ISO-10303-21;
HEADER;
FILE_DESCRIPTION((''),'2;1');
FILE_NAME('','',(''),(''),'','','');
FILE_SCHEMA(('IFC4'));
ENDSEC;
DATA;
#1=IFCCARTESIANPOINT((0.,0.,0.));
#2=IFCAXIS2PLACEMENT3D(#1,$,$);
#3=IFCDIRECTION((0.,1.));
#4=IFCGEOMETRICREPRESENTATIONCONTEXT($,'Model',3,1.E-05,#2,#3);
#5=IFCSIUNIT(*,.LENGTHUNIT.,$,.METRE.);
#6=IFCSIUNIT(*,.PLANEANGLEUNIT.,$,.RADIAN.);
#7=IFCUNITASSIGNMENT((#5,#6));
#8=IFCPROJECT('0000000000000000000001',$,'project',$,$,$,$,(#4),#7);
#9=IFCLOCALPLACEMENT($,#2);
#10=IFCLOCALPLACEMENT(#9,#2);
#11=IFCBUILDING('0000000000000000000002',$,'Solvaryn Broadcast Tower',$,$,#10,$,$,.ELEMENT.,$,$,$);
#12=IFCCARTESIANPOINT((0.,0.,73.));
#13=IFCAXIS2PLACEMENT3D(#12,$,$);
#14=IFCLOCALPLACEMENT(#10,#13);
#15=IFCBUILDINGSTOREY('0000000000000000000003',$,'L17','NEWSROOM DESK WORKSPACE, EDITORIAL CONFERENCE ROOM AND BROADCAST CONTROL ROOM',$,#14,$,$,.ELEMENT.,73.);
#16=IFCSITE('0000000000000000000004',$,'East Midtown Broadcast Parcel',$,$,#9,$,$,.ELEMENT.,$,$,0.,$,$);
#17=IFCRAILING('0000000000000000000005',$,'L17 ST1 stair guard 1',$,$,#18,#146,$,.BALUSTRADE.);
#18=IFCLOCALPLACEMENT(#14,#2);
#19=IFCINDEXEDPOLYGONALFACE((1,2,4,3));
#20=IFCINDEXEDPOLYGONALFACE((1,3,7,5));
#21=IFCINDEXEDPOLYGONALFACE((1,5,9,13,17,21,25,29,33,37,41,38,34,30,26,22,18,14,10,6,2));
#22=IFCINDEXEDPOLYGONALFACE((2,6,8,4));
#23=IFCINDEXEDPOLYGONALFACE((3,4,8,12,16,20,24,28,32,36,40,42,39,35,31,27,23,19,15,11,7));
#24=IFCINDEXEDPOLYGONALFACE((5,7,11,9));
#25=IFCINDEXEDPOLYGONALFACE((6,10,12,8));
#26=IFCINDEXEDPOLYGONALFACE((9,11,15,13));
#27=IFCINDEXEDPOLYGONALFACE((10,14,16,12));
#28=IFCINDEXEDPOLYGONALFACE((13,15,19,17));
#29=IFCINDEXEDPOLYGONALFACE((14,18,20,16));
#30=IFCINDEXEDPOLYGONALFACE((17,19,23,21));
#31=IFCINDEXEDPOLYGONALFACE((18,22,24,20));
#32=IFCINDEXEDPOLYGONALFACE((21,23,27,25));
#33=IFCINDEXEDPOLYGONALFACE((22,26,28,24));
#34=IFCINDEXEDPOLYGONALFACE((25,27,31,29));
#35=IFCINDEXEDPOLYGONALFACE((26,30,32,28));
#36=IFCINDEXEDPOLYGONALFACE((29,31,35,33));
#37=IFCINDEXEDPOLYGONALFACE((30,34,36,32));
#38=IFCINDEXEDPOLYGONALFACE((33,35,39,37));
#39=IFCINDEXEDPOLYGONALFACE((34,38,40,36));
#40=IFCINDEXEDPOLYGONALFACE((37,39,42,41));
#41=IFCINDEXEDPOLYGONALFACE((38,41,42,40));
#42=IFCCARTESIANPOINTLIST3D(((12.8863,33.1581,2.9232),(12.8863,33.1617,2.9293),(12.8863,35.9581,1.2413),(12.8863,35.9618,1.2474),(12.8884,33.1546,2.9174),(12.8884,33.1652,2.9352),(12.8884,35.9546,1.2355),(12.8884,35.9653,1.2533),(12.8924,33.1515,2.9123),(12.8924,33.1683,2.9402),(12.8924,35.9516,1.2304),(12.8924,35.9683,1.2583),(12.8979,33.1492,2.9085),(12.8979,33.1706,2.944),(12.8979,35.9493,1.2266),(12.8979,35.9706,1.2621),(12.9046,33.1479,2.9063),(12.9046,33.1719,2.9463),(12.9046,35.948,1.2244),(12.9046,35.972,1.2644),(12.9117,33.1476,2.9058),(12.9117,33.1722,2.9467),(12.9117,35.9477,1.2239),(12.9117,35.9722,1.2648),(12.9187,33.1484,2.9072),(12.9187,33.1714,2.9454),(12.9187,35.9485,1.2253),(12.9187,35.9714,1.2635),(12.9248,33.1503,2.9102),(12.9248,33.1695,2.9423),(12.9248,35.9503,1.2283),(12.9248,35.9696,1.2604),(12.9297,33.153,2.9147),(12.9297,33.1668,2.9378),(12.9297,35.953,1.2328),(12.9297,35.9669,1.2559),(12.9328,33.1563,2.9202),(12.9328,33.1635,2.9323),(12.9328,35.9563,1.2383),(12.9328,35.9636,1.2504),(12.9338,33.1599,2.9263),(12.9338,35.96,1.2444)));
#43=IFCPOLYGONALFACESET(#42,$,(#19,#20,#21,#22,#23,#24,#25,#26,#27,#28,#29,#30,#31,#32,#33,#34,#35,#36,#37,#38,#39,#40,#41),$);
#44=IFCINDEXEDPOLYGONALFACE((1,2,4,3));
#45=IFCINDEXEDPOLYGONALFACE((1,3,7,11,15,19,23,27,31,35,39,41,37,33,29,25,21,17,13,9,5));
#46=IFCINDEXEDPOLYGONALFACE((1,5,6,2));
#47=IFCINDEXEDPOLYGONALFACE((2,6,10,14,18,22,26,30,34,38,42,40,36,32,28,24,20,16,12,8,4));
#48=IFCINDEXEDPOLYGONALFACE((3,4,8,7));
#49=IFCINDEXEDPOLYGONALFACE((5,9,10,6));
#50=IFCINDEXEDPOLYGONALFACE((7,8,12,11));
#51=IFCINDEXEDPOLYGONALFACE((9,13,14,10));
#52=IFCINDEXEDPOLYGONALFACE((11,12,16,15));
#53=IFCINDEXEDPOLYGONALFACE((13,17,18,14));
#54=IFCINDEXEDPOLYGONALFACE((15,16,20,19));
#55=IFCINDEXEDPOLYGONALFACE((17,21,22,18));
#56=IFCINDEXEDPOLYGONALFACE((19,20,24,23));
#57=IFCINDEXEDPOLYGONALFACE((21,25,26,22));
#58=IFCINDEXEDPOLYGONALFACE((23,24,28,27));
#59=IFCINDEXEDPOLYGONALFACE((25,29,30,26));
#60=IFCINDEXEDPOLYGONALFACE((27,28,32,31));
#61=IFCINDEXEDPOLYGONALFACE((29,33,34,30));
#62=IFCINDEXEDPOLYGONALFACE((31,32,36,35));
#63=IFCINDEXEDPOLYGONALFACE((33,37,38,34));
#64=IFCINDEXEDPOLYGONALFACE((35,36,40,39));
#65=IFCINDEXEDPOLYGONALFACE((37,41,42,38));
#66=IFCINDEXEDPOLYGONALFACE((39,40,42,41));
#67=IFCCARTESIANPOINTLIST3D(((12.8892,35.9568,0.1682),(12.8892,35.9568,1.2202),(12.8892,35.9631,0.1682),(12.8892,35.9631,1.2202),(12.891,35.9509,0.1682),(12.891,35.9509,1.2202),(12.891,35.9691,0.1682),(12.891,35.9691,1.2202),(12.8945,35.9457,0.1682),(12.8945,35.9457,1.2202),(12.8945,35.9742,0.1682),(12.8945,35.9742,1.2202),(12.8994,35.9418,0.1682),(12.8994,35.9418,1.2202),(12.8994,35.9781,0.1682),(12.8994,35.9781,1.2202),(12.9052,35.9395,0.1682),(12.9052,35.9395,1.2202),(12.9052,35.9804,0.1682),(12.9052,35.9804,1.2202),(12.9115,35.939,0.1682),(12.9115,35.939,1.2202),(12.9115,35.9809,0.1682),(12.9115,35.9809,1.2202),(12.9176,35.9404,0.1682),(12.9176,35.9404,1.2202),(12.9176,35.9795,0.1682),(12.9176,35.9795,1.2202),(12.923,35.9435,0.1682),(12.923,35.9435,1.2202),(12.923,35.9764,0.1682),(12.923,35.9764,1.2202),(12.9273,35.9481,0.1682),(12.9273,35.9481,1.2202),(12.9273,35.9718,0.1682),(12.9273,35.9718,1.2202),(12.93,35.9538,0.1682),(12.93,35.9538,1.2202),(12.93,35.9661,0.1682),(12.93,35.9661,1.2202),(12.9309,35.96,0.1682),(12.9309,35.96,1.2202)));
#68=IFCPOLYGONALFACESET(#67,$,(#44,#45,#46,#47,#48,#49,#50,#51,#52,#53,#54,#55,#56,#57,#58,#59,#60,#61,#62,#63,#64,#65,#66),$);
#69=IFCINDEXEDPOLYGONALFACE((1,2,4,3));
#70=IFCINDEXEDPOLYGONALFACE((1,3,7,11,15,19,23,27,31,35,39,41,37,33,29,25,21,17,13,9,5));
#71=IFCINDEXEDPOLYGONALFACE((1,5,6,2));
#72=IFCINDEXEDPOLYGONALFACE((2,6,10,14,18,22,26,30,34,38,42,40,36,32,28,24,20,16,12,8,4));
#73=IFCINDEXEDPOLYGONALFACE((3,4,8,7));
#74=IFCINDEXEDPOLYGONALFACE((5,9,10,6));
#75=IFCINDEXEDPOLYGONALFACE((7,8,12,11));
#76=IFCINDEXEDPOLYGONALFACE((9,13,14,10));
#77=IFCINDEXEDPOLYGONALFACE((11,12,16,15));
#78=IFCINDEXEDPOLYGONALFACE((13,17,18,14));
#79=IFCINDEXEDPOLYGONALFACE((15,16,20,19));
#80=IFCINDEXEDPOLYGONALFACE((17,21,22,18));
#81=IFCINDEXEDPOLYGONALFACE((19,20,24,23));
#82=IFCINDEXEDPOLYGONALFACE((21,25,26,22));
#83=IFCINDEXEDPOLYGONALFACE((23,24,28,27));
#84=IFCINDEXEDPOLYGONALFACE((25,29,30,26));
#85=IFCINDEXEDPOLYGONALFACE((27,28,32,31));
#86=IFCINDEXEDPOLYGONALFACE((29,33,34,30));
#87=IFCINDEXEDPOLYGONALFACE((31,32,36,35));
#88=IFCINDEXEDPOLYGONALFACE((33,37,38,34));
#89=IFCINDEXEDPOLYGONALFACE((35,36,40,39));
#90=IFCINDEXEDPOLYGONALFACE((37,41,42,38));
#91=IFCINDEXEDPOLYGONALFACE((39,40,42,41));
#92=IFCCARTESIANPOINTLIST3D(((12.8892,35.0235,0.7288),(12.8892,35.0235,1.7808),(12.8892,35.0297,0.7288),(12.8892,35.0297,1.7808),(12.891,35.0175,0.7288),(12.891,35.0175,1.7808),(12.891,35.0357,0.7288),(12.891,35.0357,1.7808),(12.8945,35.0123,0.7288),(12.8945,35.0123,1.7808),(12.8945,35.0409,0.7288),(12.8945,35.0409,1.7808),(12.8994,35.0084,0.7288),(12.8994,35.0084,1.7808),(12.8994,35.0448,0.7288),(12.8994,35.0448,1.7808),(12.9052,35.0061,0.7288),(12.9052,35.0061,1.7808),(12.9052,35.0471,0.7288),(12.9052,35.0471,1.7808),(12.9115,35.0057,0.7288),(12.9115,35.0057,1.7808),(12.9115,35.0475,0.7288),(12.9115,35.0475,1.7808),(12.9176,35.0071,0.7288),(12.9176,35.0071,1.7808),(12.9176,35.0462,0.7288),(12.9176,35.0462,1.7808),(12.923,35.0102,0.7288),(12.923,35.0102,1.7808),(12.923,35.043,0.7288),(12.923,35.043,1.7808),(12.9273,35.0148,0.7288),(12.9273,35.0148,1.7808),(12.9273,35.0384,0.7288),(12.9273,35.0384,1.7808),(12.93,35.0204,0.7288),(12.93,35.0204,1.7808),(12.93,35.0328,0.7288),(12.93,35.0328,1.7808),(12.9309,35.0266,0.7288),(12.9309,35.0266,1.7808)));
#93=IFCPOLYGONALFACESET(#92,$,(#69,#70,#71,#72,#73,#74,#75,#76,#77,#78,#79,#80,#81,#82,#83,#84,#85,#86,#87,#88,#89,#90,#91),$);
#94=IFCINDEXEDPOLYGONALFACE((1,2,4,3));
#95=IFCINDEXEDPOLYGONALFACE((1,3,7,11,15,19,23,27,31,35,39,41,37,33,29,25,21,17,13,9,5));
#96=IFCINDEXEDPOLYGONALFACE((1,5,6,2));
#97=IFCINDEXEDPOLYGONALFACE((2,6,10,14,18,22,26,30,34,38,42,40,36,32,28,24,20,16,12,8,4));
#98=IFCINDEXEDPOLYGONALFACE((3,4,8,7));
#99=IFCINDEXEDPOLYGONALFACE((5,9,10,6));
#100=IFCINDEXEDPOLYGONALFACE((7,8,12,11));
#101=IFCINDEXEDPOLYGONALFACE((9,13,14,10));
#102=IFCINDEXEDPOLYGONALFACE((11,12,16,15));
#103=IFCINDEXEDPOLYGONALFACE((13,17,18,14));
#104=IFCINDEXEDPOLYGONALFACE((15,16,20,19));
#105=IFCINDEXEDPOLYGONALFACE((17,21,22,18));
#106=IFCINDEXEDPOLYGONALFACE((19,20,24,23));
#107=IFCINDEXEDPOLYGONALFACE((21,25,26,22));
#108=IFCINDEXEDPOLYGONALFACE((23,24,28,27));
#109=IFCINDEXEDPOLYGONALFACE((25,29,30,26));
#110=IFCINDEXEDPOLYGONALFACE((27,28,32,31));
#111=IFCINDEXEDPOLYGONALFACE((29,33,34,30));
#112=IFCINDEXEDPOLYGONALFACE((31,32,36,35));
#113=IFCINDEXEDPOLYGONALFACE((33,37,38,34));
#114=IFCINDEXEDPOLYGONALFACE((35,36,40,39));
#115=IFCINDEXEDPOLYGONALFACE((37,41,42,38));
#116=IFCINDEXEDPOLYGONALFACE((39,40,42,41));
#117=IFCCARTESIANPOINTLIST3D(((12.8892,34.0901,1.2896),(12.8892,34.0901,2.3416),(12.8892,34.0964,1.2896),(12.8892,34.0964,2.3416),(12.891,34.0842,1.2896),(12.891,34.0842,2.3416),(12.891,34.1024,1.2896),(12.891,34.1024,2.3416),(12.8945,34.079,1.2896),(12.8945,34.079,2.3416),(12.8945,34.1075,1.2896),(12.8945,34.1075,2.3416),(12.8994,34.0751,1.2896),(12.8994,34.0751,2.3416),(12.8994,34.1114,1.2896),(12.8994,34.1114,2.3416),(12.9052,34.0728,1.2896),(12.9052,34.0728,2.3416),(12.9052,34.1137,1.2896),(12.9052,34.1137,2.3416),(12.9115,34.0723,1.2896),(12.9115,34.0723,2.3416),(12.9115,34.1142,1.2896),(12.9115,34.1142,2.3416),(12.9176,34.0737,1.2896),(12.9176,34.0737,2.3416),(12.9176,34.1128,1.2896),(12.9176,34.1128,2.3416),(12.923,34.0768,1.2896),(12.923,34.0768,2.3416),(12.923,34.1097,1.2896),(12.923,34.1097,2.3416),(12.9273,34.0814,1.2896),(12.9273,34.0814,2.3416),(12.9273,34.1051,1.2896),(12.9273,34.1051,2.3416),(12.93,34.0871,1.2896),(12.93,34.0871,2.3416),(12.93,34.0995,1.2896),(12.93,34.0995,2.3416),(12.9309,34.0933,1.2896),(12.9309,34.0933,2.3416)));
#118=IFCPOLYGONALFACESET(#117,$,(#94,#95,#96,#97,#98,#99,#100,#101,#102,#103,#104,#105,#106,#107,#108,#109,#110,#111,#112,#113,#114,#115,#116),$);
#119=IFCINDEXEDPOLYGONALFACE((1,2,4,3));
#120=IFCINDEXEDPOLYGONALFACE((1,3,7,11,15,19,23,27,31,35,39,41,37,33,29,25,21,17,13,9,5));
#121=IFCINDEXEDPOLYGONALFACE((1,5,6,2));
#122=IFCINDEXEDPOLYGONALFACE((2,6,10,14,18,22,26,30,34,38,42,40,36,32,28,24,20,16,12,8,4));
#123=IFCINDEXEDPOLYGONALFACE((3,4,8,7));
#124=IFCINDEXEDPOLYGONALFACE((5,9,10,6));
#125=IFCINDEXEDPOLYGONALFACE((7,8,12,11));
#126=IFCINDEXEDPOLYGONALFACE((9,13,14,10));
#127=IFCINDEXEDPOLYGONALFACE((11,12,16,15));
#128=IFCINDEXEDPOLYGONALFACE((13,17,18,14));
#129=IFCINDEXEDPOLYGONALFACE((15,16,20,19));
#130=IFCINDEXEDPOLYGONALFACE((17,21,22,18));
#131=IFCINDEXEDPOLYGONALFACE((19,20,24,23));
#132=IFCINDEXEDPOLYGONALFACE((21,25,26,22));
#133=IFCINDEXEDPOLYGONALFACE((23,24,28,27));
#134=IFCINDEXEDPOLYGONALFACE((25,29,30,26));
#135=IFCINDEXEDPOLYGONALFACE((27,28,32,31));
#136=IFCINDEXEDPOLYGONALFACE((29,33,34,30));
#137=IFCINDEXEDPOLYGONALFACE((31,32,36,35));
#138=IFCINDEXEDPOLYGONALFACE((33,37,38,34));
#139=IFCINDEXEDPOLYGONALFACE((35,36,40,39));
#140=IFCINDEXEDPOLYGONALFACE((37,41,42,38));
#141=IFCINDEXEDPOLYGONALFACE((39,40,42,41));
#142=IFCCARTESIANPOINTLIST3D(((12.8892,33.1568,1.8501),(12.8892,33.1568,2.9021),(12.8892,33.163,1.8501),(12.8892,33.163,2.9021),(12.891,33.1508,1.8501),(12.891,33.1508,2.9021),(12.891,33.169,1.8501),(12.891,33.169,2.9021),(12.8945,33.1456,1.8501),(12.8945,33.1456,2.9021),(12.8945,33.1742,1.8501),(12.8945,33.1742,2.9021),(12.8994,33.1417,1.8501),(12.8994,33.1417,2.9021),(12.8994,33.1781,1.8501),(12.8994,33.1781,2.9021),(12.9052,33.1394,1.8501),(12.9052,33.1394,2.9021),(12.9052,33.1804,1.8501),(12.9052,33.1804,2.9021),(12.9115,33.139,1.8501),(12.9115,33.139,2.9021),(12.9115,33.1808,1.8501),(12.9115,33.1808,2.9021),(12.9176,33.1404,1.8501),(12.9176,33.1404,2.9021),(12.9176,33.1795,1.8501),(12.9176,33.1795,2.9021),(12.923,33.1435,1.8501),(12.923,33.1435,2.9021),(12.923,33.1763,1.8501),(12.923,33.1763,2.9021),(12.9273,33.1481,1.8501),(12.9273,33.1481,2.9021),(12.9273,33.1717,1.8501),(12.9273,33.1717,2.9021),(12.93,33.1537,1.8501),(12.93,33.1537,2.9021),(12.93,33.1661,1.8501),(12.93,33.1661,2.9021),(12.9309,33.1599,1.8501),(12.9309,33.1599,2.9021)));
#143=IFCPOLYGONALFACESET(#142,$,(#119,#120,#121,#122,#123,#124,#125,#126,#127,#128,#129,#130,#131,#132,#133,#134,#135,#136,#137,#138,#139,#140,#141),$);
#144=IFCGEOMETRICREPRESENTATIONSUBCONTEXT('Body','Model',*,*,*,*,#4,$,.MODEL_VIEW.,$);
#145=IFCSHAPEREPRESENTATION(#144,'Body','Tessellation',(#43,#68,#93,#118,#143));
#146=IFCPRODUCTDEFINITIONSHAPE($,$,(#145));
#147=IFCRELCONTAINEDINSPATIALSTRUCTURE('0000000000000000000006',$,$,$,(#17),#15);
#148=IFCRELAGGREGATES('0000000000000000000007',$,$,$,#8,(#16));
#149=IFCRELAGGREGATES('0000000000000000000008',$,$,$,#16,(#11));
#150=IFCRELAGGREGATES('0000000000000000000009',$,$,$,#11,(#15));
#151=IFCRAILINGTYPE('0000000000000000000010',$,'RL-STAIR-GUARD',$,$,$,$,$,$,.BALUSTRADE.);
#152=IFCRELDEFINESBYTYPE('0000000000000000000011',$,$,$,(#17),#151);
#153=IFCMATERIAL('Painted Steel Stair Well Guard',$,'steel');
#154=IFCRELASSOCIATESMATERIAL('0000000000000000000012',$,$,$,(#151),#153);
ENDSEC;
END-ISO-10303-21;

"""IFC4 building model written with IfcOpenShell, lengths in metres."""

from ifc_helpers import new_model, si_unit, direction, frame, origin, origin_2d, place, context, subcontext, project, spatial, circle, extrude, material, type_object, element, save


model = new_model("IFC4")

# Units and contexts
model_context = context("Model", 3, precision=1e-05, world=origin(), true_north=direction((0.0, 1.0)))
body_context = subcontext(model_context, "Body", "Model", "MODEL_VIEW")
ifc_project = project(units=[si_unit("LENGTHUNIT", "METRE"), si_unit("PLANEANGLEUNIT", "RADIAN")], contexts=[model_context])

# Site, building, storey
site_placement = place(None, origin())
site = spatial("IfcSite", under=ifc_project, at=site_placement, Name="East Midtown Broadcast Parcel", CompositionType="ELEMENT", RefElevation=0.0)
building_placement = place(site_placement, origin())
building = spatial("IfcBuilding", under=site, at=building_placement, Name="Solvaryn Broadcast Tower", CompositionType="ELEMENT")
storey_placement = place(building_placement, frame((0.0, 0.0, 73.0)))
storey = spatial("IfcBuildingStorey", under=building, at=storey_placement, Name="L17", Description="NEWSROOM DESK WORKSPACE, EDITORIAL CONFERENCE ROOM AND BROADCAST CONTROL ROOM", CompositionType="ELEMENT", Elevation=73.0)

# Railing
ifc_material_1 = material(Name="Painted Steel Stair Well Guard", Category="steel")
railing_type_1 = type_object("IfcRailingType", Name="RL-STAIR-GUARD", PredefinedType="BALUSTRADE", material=ifc_material_1)
railing_1_placement = place(storey_placement, frame((12.9099, 35.96, 0.1682)))
element("IfcRailing", 1, at=railing_1_placement, inside=storey, type_object=railing_type_1, Name="L17 ST1 stair guard 1", PredefinedType="BALUSTRADE", context=body_context, shape_type="SweptSolid", body=[
    extrude(circle(Radius=0.0239, at=origin_2d()), frame((0.0, 0.0, 1.0762), z_axis=(0.0, -0.857242, 0.514913), x_axis=(1.0, 0.0, 0.0)), (0.0, 0.0, 1.0), 3.2664),
    extrude(circle(Radius=0.021, at=origin_2d()), origin(), (0.0, 0.0, 1.0), 1.052),
    extrude(circle(Radius=0.021, at=origin_2d()), frame((0.0, -0.9333, 0.5605)), (0.0, 0.0, 1.0), 1.052),
    extrude(circle(Radius=0.021, at=origin_2d()), frame((0.0, -1.8667, 1.1213)), (0.0, 0.0, 1.0), 1.052),
    extrude(circle(Radius=0.021, at=origin_2d()), frame((0.0, -2.8, 1.6819)), (0.0, 0.0, 1.0), 1.052),
])

save(model, "model.ifc")
